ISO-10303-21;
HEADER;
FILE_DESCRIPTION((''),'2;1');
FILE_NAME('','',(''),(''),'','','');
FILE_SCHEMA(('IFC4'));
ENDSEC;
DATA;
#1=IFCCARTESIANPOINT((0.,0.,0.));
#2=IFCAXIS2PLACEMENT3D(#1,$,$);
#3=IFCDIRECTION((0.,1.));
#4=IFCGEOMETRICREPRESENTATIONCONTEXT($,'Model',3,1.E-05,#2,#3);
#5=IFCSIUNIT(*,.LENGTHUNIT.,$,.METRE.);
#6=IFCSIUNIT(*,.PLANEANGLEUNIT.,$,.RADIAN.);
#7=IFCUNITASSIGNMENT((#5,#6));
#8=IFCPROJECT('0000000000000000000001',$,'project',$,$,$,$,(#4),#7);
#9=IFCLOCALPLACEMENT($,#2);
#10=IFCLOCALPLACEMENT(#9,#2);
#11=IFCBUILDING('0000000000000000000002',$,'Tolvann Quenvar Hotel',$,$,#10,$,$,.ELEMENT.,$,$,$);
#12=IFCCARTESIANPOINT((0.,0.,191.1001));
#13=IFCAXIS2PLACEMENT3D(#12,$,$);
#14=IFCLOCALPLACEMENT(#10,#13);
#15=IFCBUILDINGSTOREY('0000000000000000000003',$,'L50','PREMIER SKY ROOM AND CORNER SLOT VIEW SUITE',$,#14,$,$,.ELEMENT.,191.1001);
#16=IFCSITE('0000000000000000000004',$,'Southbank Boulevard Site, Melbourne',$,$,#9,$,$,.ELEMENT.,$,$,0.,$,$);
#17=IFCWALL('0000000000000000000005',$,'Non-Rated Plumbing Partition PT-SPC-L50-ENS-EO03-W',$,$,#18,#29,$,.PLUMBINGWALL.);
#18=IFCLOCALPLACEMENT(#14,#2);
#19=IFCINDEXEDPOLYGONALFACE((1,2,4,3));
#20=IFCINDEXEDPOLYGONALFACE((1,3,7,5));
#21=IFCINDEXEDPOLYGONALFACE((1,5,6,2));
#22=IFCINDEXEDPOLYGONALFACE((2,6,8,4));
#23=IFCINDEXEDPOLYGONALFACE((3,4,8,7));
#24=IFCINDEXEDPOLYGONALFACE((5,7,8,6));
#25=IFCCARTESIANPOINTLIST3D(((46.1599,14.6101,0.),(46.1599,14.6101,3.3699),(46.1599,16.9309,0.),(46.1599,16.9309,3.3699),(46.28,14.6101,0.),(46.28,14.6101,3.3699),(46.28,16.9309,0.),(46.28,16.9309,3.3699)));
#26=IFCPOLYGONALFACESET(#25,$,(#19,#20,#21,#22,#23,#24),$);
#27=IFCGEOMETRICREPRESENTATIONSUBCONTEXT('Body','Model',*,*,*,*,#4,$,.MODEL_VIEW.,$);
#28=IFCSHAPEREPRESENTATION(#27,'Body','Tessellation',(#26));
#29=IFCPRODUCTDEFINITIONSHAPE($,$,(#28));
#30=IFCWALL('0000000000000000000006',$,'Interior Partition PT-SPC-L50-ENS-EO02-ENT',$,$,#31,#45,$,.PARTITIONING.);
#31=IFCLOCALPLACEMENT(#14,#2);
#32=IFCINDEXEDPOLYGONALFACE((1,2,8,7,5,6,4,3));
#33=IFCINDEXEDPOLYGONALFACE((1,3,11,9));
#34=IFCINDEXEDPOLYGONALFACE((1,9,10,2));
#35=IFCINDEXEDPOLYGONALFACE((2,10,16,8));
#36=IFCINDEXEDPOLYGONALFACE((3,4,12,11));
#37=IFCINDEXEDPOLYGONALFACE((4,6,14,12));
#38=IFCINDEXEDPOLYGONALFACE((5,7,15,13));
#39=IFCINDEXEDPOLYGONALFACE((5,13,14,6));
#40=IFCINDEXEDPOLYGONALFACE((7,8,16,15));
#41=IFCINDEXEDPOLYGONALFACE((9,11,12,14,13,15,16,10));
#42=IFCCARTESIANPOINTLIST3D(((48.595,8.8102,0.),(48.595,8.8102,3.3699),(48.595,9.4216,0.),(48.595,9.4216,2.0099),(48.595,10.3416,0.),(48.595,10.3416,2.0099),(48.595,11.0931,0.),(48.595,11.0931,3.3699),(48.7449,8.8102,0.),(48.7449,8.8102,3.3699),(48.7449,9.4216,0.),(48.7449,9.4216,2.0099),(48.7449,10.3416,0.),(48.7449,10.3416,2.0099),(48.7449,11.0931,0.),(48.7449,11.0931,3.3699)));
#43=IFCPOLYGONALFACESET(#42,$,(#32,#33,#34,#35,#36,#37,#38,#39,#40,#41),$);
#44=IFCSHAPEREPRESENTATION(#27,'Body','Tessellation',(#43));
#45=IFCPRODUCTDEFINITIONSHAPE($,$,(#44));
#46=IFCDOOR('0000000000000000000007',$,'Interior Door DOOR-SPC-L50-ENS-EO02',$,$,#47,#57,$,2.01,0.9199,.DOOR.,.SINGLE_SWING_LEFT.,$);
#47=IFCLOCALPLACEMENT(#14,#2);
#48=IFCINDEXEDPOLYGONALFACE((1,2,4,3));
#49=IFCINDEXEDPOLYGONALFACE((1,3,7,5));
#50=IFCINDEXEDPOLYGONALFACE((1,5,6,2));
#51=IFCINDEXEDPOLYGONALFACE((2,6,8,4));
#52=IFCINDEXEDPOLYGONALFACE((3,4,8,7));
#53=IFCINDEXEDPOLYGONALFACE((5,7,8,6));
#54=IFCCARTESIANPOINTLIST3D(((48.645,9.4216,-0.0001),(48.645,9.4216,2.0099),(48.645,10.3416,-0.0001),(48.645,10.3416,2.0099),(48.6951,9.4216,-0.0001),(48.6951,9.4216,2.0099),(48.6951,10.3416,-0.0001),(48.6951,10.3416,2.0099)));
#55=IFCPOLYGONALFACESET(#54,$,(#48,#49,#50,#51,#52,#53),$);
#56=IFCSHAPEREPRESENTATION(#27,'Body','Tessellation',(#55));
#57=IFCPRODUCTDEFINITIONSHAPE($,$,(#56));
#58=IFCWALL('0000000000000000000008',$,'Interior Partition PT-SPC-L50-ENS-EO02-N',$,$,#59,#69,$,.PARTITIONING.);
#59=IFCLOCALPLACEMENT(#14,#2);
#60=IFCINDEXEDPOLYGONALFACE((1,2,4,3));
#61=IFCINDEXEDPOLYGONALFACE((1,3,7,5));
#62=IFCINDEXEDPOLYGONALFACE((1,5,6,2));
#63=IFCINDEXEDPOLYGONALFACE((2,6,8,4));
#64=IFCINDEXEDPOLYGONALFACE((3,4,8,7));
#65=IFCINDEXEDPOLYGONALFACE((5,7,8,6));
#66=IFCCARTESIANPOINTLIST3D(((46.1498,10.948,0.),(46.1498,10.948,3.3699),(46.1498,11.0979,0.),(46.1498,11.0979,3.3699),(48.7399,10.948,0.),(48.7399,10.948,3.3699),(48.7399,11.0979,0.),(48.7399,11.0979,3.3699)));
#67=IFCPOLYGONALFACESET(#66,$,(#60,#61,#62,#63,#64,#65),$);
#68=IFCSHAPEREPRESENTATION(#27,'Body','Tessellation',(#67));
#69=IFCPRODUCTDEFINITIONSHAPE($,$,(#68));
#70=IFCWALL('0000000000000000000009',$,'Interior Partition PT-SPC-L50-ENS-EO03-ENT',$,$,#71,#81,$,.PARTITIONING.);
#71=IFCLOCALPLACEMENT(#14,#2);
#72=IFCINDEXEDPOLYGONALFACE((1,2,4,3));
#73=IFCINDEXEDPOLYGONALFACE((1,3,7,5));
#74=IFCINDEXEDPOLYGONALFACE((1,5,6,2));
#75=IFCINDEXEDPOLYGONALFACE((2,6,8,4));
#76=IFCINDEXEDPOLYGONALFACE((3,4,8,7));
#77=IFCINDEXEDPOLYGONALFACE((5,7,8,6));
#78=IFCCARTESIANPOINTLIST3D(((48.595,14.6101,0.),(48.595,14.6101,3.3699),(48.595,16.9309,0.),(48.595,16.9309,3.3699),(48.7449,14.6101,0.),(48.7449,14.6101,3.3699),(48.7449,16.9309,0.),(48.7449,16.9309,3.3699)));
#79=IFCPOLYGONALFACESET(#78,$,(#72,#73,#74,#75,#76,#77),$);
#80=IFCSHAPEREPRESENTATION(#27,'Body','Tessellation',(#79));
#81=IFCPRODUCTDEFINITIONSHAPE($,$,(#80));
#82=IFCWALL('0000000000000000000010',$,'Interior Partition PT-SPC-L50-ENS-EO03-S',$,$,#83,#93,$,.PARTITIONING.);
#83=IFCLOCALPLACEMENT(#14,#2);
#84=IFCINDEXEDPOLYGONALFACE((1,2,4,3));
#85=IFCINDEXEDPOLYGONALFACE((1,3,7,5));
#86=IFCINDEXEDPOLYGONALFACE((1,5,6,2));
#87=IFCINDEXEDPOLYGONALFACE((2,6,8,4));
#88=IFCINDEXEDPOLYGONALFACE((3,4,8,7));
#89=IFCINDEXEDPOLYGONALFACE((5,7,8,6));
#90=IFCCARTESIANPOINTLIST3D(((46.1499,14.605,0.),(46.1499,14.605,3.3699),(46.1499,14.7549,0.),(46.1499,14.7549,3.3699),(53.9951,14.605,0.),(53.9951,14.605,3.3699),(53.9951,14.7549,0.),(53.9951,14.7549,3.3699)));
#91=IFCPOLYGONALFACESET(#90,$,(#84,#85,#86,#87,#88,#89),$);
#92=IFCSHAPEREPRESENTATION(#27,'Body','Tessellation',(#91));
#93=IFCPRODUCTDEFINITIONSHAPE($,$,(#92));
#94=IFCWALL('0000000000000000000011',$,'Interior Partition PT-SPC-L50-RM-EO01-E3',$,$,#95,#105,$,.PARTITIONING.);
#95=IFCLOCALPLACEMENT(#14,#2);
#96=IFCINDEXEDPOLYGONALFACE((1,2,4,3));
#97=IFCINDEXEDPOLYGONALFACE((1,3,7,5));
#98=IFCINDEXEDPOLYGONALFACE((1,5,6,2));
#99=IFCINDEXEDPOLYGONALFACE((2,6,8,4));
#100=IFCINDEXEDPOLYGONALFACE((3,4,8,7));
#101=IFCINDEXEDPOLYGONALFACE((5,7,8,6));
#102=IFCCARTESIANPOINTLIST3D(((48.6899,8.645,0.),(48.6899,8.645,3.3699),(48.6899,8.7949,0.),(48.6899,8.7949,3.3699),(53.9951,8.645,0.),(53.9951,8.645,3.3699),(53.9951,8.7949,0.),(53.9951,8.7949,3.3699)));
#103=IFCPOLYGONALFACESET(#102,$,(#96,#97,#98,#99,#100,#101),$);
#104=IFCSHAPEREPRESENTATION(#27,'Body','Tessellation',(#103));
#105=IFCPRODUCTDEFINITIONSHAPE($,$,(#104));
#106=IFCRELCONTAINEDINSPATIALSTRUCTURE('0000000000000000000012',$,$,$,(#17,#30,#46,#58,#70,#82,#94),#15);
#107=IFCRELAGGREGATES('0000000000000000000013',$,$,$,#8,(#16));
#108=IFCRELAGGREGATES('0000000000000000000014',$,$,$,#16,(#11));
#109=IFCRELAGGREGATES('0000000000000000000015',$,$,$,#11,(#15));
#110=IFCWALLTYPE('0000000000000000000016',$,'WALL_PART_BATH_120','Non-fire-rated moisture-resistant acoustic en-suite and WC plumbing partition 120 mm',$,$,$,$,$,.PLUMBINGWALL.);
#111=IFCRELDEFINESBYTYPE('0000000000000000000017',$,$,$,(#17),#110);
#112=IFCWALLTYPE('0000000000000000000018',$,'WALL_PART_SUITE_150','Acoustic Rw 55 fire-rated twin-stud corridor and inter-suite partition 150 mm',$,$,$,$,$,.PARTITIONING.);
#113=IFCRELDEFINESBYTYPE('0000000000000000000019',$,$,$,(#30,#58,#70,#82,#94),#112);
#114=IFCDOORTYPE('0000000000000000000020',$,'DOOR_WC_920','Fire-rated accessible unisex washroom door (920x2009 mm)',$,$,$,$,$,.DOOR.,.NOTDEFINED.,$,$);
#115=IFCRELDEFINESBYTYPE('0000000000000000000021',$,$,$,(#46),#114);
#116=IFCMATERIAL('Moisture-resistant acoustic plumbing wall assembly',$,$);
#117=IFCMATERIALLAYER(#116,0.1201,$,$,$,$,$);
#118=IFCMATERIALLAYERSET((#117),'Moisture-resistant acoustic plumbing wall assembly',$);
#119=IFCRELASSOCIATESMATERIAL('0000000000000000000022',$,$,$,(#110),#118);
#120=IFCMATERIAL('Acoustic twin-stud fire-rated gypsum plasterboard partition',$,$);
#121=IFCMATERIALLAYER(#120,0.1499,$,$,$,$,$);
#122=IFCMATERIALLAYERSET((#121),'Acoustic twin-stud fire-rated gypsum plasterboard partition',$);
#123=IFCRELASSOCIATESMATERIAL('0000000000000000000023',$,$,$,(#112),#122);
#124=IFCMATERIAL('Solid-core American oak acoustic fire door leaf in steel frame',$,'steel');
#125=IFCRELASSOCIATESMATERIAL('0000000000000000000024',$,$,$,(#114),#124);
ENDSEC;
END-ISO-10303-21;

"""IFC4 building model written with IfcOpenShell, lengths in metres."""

from ifc_helpers import new_model, si_unit, direction, frame, frame_2d, origin, place, context, subcontext, project, spatial, rectangle, extrude, source, transform, mapped, material, layer, layer_set, type_object, type_shapes, element, fill, save


model = new_model("IFC4")

# Units and contexts
model_context = context("Model", 3, precision=1e-05, world=origin(), true_north=direction((0.0, 1.0)))
body_context = subcontext(model_context, "Body", "Model", "MODEL_VIEW")
ifc_project = project(units=[si_unit("LENGTHUNIT", "METRE"), si_unit("PLANEANGLEUNIT", "RADIAN")], contexts=[model_context])

# Site, building, storey
site_placement = place(None, origin())
site = spatial("IfcSite", under=ifc_project, at=site_placement, Name="Southbank Boulevard Site, Melbourne", CompositionType="ELEMENT", RefElevation=0.0)
building_placement = place(site_placement, origin())
building = spatial("IfcBuilding", under=site, at=building_placement, Name="Tolvann Quenvar Hotel", CompositionType="ELEMENT")
storey_placement = place(building_placement, frame((0.0, 0.0, 191.1001)))
storey = spatial("IfcBuildingStorey", under=building, at=storey_placement, Name="L50", Description="PREMIER SKY ROOM AND CORNER SLOT VIEW SUITE", CompositionType="ELEMENT", Elevation=191.1001)

# Wall
ifc_material_1 = material(Name="Moisture-resistant acoustic plumbing wall assembly")
ifc_layer_1 = layer(ifc_material_1, 0.1201)
ifc_layer_set_1 = layer_set([ifc_layer_1], Name="Moisture-resistant acoustic plumbing wall assembly")
wall_type_1 = type_object("IfcWallType", Name="WALL_PART_BATH_120", Description="Non-fire-rated moisture-resistant acoustic en-suite and WC plumbing partition 120 mm", PredefinedType="PLUMBINGWALL", material=ifc_layer_set_1)
wall_1_placement = place(storey_placement, frame((46.22, 14.6101, 0.0), z_axis=(0.0, 0.0, 1.0), x_axis=(0.0, 1.0, 0.0)))
element("IfcWall", 1, at=wall_1_placement, inside=storey, type_object=wall_type_1, Name="Non-Rated Plumbing Partition PT-SPC-L50-ENS-EO03-W", PredefinedType="PLUMBINGWALL", context=body_context, shape_type="SweptSolid", body=[
    extrude(rectangle(XDim=2.3208, YDim=0.1201, at=frame_2d((1.1604, 0.0))), origin(), (0.0, 0.0, 1.0), 3.3699),
])

# Wall, opening, door
ifc_material_2 = material(Name="Acoustic twin-stud fire-rated gypsum plasterboard partition")
ifc_layer_2 = layer(ifc_material_2, 0.1499)
ifc_layer_set_2 = layer_set([ifc_layer_2], Name="Acoustic twin-stud fire-rated gypsum plasterboard partition")
wall_type_2 = type_object("IfcWallType", Name="WALL_PART_SUITE_150", Description="Acoustic Rw 55 fire-rated twin-stud corridor and inter-suite partition 150 mm", PredefinedType="PARTITIONING", material=ifc_layer_set_2)
wall_2_placement = place(storey_placement, frame((48.6699, 8.8101, 0.0), z_axis=(0.0, 0.0, 1.0), x_axis=(0.0, 1.0, 0.0)))
wall_2 = element("IfcWall", 2, at=wall_2_placement, inside=storey, type_object=wall_type_2, Name="Interior Partition PT-SPC-L50-ENS-EO02-ENT", PredefinedType="PARTITIONING", context=body_context, shape_type="SweptSolid", body=[
    extrude(rectangle(XDim=2.283, YDim=0.1499, at=frame_2d((1.1416, 0.0))), origin(), (0.0, 0.0, 1.0), 3.3699),
])
opening_1_placement = place(wall_2_placement, frame((0.6116, 0.0, 0.0)))
opening_1 = element("IfcOpeningElement", 3, at=opening_1_placement, cuts=wall_2, PredefinedType="OPENING", context=body_context, shape_type="SweptSolid", body=[
    extrude(rectangle(XDim=0.9199, YDim=2.01, at=frame_2d((0.46, 1.0049))), frame((0.0, 0.085, 0.0), z_axis=(0.0, -1.0, 0.0), x_axis=(1.0, 0.0, 0.0)), (0.0, 0.0, 1.0), 0.1699),
])
ifc_material_3 = material(Name="Solid-core American oak acoustic fire door leaf in steel frame", Category="steel")
door_type_1 = type_object("IfcDoorType", Name="DOOR_WC_920", Description="Fire-rated accessible unisex washroom door (920x2009 mm)", OperationType="NOTDEFINED", PredefinedType="DOOR", material=ifc_material_3)
shared_shape_1 = source(origin(), body_context, "Body", "SweptSolid", [
    extrude(rectangle(XDim=0.9199, YDim=2.01, at=frame_2d((0.46, 1.0049))), frame((0.0, 0.0249, 0.0), z_axis=(0.0, -1.0, 0.0), x_axis=(1.0, 0.0, 0.0)), (0.0, 0.0, 1.0), 0.05),
])
type_shapes(door_type_1, [shared_shape_1])
door_1_placement = place(opening_1_placement, origin())
door_1 = element("IfcDoor", 4, at=door_1_placement, inside=storey, type_object=door_type_1, Name="Interior Door DOOR-SPC-L50-ENS-EO02", OperationType="SINGLE_SWING_LEFT", OverallHeight=2.01, OverallWidth=0.9199, PredefinedType="DOOR", context=body_context, shape_type="MappedRepresentation", body=[
    mapped(shared_shape_1, transform((0.0, 0.0, 0.0), x_axis=(1.0, 0.0, 0.0), y_axis=(0.0, 1.0, 0.0), z_axis=(0.0, 0.0, 1.0), scale=1.0)),
])
fill(opening_1, door_1)

# Walls
wall_3_placement = place(storey_placement, frame((46.1499, 11.0229, 0.0), z_axis=(0.0, 0.0, 1.0), x_axis=(1.0, 0.0, 0.0)))
element("IfcWall", 5, at=wall_3_placement, inside=storey, type_object=wall_type_2, Name="Interior Partition PT-SPC-L50-ENS-EO02-N", PredefinedType="PARTITIONING", context=body_context, shape_type="SweptSolid", body=[
    extrude(rectangle(XDim=2.5901, YDim=0.1499, at=frame_2d((1.2949, 0.0))), origin(), (0.0, 0.0, 1.0), 3.3699),
])
wall_4_placement = place(storey_placement, frame((48.6699, 14.6101, 0.0), z_axis=(0.0, 0.0, 1.0), x_axis=(0.0, 1.0, 0.0)))
element("IfcWall", 6, at=wall_4_placement, inside=storey, type_object=wall_type_2, Name="Interior Partition PT-SPC-L50-ENS-EO03-ENT", PredefinedType="PARTITIONING", context=body_context, shape_type="SweptSolid", body=[
    extrude(rectangle(XDim=2.3208, YDim=0.1499, at=frame_2d((1.1604, 0.0))), origin(), (0.0, 0.0, 1.0), 3.3699),
])
wall_5_placement = place(storey_placement, frame((46.1499, 14.6799, 0.0), z_axis=(0.0, 0.0, 1.0), x_axis=(1.0, 0.0, 0.0)))
element("IfcWall", 7, at=wall_5_placement, inside=storey, type_object=wall_type_2, Name="Interior Partition PT-SPC-L50-ENS-EO03-S", PredefinedType="PARTITIONING", context=body_context, shape_type="SweptSolid", body=[
    extrude(rectangle(XDim=7.8452, YDim=0.1499, at=frame_2d((3.9226, 0.0))), origin(), (0.0, 0.0, 1.0), 3.3699),
])
wall_6_placement = place(storey_placement, frame((48.6899, 8.72, 0.0), z_axis=(0.0, 0.0, 1.0), x_axis=(1.0, 0.0, 0.0)))
element("IfcWall", 8, at=wall_6_placement, inside=storey, type_object=wall_type_2, Name="Interior Partition PT-SPC-L50-RM-EO01-E3", PredefinedType="PARTITIONING", context=body_context, shape_type="SweptSolid", body=[
    extrude(rectangle(XDim=5.3052, YDim=0.1499, at=frame_2d((2.6526, 0.0))), origin(), (0.0, 0.0, 1.0), 3.3699),
])

save(model, "model.ifc")
